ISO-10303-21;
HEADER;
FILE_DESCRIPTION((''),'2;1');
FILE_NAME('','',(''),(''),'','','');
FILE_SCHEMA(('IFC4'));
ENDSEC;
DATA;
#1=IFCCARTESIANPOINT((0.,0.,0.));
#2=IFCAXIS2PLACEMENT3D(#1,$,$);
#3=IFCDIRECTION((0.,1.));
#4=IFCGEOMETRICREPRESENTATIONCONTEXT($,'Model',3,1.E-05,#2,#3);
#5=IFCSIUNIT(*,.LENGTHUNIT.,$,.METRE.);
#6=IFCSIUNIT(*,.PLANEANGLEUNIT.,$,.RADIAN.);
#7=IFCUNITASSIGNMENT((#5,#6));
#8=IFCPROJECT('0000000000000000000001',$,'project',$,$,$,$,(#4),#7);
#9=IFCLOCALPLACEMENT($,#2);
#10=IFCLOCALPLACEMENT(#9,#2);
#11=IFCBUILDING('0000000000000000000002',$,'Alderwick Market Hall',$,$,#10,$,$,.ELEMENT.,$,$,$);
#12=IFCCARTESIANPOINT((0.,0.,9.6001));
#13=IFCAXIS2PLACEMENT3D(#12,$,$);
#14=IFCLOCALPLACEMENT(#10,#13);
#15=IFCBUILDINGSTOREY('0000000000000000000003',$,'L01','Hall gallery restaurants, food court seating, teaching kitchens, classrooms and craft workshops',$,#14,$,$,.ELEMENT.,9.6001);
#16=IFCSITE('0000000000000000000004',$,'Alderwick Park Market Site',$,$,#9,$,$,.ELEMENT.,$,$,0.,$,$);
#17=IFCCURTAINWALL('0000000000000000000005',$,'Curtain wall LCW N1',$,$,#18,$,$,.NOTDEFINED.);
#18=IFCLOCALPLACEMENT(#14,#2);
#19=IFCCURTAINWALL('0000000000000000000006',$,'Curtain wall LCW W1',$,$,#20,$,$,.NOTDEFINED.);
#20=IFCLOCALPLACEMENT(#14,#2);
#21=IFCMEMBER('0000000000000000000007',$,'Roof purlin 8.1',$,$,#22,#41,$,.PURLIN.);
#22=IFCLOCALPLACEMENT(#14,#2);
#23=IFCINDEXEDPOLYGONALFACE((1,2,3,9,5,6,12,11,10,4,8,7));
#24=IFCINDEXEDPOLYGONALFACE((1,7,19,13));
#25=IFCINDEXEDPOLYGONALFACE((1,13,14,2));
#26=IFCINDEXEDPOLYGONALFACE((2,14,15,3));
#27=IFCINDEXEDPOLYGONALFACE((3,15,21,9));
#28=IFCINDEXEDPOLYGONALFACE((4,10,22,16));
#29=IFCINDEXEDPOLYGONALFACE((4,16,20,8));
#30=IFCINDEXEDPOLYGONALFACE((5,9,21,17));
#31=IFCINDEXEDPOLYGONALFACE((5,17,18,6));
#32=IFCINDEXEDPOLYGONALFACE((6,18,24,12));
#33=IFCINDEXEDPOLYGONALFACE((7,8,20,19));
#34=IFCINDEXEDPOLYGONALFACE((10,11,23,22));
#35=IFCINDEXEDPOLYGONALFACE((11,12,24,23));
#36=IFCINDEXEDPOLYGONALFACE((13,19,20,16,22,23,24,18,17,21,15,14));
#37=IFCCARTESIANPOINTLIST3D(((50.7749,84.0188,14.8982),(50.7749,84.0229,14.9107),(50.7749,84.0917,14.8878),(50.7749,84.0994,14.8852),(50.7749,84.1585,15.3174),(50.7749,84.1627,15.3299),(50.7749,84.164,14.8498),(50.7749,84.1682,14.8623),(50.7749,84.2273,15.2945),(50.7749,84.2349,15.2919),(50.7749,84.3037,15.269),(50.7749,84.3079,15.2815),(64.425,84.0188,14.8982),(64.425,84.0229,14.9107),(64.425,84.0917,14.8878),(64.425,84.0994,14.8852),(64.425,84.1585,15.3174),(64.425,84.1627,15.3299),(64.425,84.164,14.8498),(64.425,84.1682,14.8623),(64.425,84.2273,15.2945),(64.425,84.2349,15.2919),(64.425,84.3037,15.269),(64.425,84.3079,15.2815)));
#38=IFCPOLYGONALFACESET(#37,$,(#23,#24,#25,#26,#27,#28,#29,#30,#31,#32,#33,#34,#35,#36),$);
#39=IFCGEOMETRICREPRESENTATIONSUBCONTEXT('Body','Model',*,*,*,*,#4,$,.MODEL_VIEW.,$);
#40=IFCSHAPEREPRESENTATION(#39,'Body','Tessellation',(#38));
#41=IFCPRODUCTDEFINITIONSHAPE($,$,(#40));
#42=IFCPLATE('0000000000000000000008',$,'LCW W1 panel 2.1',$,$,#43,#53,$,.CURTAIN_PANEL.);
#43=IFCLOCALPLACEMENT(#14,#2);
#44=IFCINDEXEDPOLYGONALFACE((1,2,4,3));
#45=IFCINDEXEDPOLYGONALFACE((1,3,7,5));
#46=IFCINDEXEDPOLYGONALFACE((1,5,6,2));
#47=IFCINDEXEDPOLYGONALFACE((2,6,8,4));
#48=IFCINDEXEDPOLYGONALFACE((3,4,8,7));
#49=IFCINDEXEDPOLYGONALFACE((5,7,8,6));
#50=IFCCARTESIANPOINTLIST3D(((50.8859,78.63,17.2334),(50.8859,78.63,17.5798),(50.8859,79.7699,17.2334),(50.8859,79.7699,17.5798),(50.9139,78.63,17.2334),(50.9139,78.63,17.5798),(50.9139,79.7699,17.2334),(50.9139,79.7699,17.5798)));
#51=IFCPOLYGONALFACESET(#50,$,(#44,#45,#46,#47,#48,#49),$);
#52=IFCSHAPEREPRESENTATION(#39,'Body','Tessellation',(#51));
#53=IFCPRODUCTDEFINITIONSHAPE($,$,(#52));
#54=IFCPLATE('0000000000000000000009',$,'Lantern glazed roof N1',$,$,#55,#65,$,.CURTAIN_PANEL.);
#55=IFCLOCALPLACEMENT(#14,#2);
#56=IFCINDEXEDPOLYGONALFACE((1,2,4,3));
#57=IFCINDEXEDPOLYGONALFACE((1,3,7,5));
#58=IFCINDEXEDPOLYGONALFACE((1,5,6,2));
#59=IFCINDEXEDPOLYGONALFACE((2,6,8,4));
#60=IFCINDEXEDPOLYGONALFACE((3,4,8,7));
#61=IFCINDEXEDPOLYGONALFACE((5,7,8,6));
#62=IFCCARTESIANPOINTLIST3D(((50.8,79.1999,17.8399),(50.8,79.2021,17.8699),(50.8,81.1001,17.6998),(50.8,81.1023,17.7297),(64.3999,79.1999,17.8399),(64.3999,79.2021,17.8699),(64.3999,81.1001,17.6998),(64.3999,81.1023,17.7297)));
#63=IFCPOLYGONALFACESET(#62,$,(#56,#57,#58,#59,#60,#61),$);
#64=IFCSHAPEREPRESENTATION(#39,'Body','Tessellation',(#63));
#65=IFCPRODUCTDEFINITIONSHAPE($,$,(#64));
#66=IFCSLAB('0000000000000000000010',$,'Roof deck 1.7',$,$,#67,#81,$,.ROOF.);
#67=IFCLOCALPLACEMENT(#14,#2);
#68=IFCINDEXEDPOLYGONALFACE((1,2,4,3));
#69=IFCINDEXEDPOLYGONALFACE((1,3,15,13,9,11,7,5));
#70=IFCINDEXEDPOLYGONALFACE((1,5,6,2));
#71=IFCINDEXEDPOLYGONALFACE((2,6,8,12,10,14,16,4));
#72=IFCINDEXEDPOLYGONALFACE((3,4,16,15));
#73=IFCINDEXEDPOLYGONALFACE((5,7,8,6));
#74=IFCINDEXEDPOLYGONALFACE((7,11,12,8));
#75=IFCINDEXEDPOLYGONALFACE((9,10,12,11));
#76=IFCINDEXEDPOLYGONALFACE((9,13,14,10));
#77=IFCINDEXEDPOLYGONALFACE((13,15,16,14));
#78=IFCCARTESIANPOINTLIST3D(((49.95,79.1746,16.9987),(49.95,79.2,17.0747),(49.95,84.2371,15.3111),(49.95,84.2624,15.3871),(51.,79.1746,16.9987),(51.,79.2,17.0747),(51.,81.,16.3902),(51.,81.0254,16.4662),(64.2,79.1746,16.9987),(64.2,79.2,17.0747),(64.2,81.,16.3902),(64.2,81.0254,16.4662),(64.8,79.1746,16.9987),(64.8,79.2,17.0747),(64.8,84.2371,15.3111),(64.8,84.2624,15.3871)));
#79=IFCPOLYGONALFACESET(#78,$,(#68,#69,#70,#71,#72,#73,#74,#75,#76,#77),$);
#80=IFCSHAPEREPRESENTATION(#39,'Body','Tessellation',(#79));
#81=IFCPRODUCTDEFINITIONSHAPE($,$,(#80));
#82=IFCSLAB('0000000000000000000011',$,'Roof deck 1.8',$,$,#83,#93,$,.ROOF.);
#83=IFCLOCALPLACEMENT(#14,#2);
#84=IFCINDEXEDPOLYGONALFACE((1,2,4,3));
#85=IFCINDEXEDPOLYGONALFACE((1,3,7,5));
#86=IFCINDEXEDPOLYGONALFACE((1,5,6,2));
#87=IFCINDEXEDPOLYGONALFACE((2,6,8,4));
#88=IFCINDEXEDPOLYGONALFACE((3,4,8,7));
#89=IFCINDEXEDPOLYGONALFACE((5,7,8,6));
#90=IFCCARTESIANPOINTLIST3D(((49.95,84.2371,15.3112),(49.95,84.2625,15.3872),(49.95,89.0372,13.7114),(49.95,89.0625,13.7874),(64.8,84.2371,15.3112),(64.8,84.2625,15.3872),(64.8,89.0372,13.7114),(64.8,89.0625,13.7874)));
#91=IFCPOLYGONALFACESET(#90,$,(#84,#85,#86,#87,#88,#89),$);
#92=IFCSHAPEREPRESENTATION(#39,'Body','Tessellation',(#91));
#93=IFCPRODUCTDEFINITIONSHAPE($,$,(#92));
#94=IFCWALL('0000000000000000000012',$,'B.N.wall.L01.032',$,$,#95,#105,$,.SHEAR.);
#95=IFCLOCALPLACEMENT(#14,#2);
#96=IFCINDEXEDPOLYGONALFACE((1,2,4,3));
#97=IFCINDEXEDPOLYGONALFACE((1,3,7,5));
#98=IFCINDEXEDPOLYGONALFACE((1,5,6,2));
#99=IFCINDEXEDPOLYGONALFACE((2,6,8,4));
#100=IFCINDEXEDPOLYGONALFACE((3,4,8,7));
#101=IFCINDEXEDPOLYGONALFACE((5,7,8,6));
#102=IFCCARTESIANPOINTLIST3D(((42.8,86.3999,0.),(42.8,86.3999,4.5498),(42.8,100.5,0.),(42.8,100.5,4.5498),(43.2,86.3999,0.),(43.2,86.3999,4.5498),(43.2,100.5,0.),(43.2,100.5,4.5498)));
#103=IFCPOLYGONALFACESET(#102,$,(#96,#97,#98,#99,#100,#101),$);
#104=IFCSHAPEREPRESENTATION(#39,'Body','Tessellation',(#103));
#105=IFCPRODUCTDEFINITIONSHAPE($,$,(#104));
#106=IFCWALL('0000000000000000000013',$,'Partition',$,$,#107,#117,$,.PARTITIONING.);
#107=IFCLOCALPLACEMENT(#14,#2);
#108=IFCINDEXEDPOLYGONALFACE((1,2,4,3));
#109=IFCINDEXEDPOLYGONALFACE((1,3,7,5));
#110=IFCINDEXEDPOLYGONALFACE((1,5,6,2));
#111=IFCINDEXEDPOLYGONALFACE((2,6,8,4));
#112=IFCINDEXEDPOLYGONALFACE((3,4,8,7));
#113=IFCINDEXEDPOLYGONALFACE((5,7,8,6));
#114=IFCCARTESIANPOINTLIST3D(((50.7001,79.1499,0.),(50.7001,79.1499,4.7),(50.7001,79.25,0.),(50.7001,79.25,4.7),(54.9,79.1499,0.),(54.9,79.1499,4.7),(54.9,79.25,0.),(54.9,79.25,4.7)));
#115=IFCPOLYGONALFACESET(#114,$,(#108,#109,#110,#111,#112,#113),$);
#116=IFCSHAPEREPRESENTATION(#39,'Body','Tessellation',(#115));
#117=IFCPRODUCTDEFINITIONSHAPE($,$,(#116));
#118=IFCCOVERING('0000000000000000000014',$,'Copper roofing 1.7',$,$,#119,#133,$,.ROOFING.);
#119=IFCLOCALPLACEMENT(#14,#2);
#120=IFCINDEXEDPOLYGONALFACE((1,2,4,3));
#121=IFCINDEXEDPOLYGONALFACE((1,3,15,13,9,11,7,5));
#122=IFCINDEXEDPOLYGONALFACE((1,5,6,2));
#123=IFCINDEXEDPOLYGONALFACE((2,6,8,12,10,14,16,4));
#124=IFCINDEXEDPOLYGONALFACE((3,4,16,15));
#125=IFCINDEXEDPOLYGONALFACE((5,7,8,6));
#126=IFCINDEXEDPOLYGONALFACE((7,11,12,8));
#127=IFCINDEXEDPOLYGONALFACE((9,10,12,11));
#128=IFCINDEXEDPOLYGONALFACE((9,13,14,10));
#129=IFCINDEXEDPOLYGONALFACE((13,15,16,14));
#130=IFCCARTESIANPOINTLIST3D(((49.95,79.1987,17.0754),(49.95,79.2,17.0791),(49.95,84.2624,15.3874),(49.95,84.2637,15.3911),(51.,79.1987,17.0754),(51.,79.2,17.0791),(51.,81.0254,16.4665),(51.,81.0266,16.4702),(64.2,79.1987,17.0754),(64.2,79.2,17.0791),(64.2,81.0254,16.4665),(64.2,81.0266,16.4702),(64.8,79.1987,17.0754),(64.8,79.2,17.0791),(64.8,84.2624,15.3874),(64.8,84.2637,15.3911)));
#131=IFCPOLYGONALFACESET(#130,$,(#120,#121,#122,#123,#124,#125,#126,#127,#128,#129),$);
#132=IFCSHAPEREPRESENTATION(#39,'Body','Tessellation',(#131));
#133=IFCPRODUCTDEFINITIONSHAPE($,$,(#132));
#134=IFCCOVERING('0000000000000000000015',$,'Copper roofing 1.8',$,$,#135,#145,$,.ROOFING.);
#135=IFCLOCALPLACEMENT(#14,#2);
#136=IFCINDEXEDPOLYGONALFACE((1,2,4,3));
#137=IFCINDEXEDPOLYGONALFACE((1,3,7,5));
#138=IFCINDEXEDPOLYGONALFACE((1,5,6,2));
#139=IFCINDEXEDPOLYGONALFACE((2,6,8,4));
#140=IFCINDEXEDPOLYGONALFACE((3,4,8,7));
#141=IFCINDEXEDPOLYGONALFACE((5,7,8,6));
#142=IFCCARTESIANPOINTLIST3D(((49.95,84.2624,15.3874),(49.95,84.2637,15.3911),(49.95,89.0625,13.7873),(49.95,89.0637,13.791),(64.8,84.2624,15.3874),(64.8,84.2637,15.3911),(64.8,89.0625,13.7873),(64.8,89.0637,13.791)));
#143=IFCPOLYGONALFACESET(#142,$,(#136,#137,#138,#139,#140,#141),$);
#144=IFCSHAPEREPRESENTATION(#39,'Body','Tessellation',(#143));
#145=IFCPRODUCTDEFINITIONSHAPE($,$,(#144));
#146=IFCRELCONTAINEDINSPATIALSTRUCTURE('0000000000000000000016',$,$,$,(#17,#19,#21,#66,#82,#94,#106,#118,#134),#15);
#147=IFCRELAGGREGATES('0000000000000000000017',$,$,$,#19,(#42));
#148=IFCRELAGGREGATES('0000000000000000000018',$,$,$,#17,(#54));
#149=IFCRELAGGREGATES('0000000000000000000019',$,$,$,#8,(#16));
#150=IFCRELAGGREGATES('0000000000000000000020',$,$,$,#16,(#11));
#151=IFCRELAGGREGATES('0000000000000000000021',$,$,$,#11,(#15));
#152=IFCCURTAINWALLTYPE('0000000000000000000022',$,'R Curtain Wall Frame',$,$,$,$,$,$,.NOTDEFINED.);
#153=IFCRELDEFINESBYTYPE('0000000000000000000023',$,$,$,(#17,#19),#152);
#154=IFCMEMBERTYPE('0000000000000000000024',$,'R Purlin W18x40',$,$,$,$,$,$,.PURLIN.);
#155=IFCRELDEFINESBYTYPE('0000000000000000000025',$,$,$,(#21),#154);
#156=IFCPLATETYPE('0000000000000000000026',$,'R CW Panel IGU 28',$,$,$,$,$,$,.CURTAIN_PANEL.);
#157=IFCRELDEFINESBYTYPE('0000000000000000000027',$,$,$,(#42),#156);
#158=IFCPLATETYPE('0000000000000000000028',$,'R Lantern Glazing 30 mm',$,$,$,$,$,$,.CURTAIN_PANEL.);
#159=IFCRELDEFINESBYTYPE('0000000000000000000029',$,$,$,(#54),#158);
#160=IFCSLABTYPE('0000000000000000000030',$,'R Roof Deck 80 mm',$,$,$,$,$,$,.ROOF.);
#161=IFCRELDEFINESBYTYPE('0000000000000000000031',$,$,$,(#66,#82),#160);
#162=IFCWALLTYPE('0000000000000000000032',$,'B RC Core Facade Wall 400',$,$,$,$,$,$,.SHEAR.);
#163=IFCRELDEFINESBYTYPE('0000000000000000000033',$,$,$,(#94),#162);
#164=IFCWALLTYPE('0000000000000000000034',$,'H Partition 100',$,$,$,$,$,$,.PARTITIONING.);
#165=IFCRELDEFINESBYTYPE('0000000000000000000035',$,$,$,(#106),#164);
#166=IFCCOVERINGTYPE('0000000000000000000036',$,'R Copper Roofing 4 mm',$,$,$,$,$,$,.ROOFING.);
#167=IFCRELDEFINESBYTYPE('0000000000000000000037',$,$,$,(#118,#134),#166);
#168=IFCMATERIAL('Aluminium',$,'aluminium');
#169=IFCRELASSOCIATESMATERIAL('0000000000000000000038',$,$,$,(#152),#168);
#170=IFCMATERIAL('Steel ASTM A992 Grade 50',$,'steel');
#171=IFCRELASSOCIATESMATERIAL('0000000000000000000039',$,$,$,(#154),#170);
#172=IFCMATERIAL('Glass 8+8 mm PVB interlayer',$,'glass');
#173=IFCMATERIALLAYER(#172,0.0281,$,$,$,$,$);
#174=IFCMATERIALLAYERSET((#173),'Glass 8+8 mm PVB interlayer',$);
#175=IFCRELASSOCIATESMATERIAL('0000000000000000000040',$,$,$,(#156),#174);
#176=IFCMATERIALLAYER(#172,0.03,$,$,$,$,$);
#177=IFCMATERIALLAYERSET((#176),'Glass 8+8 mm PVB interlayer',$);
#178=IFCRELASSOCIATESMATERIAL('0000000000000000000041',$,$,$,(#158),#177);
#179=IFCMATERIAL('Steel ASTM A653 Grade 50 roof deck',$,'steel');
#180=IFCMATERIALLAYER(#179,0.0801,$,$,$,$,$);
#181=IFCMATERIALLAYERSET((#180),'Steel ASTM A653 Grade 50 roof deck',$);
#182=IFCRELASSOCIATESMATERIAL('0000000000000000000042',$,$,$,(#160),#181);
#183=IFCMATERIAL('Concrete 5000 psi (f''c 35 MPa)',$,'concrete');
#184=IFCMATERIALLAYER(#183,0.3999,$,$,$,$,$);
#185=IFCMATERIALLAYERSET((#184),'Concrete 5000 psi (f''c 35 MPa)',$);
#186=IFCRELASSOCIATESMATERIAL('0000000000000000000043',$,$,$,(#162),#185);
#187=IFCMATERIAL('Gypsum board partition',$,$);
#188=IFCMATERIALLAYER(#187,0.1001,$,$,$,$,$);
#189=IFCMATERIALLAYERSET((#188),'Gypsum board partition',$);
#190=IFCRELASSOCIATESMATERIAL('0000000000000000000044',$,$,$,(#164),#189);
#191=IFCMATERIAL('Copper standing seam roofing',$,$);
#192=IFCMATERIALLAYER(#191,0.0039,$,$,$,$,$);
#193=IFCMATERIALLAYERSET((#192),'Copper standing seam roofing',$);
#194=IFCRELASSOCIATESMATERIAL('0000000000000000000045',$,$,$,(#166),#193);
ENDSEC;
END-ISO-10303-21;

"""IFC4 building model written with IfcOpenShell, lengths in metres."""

from ifc_helpers import new_model, si_unit, direction, frame, frame_2d, origin, origin_2d, place, context, subcontext, project, spatial, polyline, rectangle, i_section, outline, extrude, material, layer, layer_set, material_profile, profile_set, type_object, element, aggregate, save


model = new_model("IFC4")

# Units and contexts
model_context = context("Model", 3, precision=1e-05, world=origin(), true_north=direction((0.0, 1.0)))
body_context = subcontext(model_context, "Body", "Model", "MODEL_VIEW")
ifc_project = project(units=[si_unit("LENGTHUNIT", "METRE"), si_unit("PLANEANGLEUNIT", "RADIAN")], contexts=[model_context])

# Site, building, storey
site_placement = place(None, origin())
site = spatial("IfcSite", under=ifc_project, at=site_placement, Name="Alderwick Park Market Site", CompositionType="ELEMENT", RefElevation=0.0)
building_placement = place(site_placement, origin())
building = spatial("IfcBuilding", under=site, at=building_placement, Name="Alderwick Market Hall", CompositionType="ELEMENT")
storey_placement = place(building_placement, frame((0.0, 0.0, 9.6001)))
storey = spatial("IfcBuildingStorey", under=building, at=storey_placement, Name="L01", Description="Hall gallery restaurants, food court seating, teaching kitchens, classrooms and craft workshops", CompositionType="ELEMENT", Elevation=9.6001)

# Shared definitions
ifc_material_1 = material(Name="Concrete 5000 psi (f'c 35 MPa)", Category="concrete")

# Curtain walls
ifc_material_2 = material(Name="Aluminium", Category="aluminium")
curtain_wall_type = type_object("IfcCurtainWallType", Name="R Curtain Wall Frame", PredefinedType="NOTDEFINED", material=ifc_material_2)
curtain_wall_1_placement = place(storey_placement, origin())
curtain_wall_1 = element("IfcCurtainWall", 1, at=curtain_wall_1_placement, inside=storey, type_object=curtain_wall_type, Name="Curtain wall LCW N1", PredefinedType="NOTDEFINED")
curtain_wall_2_placement = place(storey_placement, origin())
curtain_wall_2 = element("IfcCurtainWall", 2, at=curtain_wall_2_placement, inside=storey, type_object=curtain_wall_type, Name="Curtain wall LCW W1", PredefinedType="NOTDEFINED")

# Member
ifc_material_3 = material(Name="Steel ASTM A992 Grade 50", Category="steel")
ifc_material_profile_1 = material_profile(ifc_material_3, i_section(OverallWidth=0.1531, OverallDepth=0.4551, WebThickness=0.0081, FlangeThickness=0.0132, at=origin_2d()), Name="W18x40")
ifc_profile_set_1 = profile_set([ifc_material_profile_1], Name="Steel ASTM A992 Grade 50")
member_type_1 = type_object("IfcMemberType", Name="R Purlin W18x40", PredefinedType="PURLIN", material=ifc_profile_set_1)
for number, where, z_axis, x_axis, name in (
    (3, (50.7749, 84.1633, 15.0898), (1.0, 0.0, 0.0), (0.0, 0.948683, -0.316228), "Roof purlin 8.1"),
):
    element("IfcMember", number, at=place(storey_placement, frame(where, z_axis=z_axis, x_axis=x_axis)), inside=storey, type_object=member_type_1, Name=name, PredefinedType="PURLIN", context=body_context, shape_type="SweptSolid", body=[
        extrude(i_section(OverallWidth=0.1531, OverallDepth=0.4551, WebThickness=0.0081, FlangeThickness=0.0132, at=origin_2d()), origin(), (0.0, 0.0, 1.0), 13.6501),
    ])

# Plates
ifc_material_4 = material(Name="Glass 8+8 mm PVB interlayer", Category="glass")
ifc_layer_1 = layer(ifc_material_4, 0.0281)
ifc_layer_set_1 = layer_set([ifc_layer_1], Name="Glass 8+8 mm PVB interlayer")
plate_type_1 = type_object("IfcPlateType", Name="R CW Panel IGU 28", PredefinedType="CURTAIN_PANEL", material=ifc_layer_set_1)
plate_1_placement = place(storey_placement, frame((50.8999, 79.2, 17.2334), z_axis=(0.0, 0.0, 1.0), x_axis=(1.0, 0.0, 0.0)))
plate_1 = element("IfcPlate", 4, at=plate_1_placement, type_object=plate_type_1, Name="LCW W1 panel 2.1", PredefinedType="CURTAIN_PANEL", context=body_context, shape_type="SweptSolid", body=[
    extrude(rectangle(XDim=0.0281, YDim=1.1399, at=origin_2d()), origin(), (0.0, 0.0, 1.0), 0.3464),
])
aggregate(curtain_wall_2, [plate_1])
ifc_layer_2 = layer(ifc_material_4, 0.03)
ifc_layer_set_2 = layer_set([ifc_layer_2], Name="Glass 8+8 mm PVB interlayer")
plate_type_2 = type_object("IfcPlateType", Name="R Lantern Glazing 30 mm", PredefinedType="CURTAIN_PANEL", material=ifc_layer_set_2)
plate_2_placement = place(storey_placement, frame((50.8, 81.1023, 17.7297), z_axis=(0.0, 0.073551, 0.997291), x_axis=(1.0, 0.0, 0.0)))
plate_2 = element("IfcPlate", 5, at=plate_2_placement, type_object=plate_type_2, Name="Lantern glazed roof N1", PredefinedType="CURTAIN_PANEL", context=body_context, shape_type="SweptSolid", body=[
    extrude(outline(polyline([(0.0, 0.0), (13.5999, 0.0), (13.5999, -1.9053), (0.0, -1.9053), (0.0, 0.0)])), origin(), (0.0, 0.0, -1.0), 0.03),
])
aggregate(curtain_wall_1, [plate_2])

# Slabs
ifc_material_5 = material(Name="Steel ASTM A653 Grade 50 roof deck", Category="steel")
ifc_layer_3 = layer(ifc_material_5, 0.0801)
ifc_layer_set_3 = layer_set([ifc_layer_3], Name="Steel ASTM A653 Grade 50 roof deck")
slab_type = type_object("IfcSlabType", Name="R Roof Deck 80 mm", PredefinedType="ROOF", material=ifc_layer_set_3)
slab_1_placement = place(storey_placement, frame((49.95, 79.2, 17.0747), z_axis=(0.0, 0.316246, 0.948677), x_axis=(1.0, 0.0, 0.0)))
element("IfcSlab", 6, at=slab_1_placement, inside=storey, type_object=slab_type, Name="Roof deck 1.7", PredefinedType="ROOF", context=body_context, shape_type="SweptSolid", body=[
    extrude(outline(polyline([(0.0, 0.0), (1.05, 0.0), (1.05, 1.9242), (14.25, 1.9242), (14.25, 0.0), (14.8501, 0.0), (14.8501, 5.3363), (0.0, 5.3363), (0.0, 0.0)])), origin(), (0.0, 0.0, -1.0), 0.0801),
])
slab_2_placement = place(storey_placement, frame((49.95, 84.2625, 15.3872), z_axis=(0.0, 0.316199, 0.948693), x_axis=(1.0, 0.0, 0.0)))
element("IfcSlab", 7, at=slab_2_placement, inside=storey, type_object=slab_type, Name="Roof deck 1.8", PredefinedType="ROOF", context=body_context, shape_type="SweptSolid", body=[
    extrude(outline(polyline([(0.0, 0.0), (14.8501, 0.0), (14.8501, 5.0596), (0.0, 5.0596), (0.0, 0.0)])), origin(), (0.0, 0.0, -1.0), 0.0801),
])

# Walls
ifc_layer_4 = layer(ifc_material_1, 0.3999)
ifc_layer_set_4 = layer_set([ifc_layer_4], Name="Concrete 5000 psi (f'c 35 MPa)")
wall_type_1 = type_object("IfcWallType", Name="B RC Core Facade Wall 400", PredefinedType="SHEAR", material=ifc_layer_set_4)
wall_1_placement = place(storey_placement, frame((43.0, 86.3999, 0.0), z_axis=(0.0, 0.0, 1.0), x_axis=(0.0, 1.0, 0.0)))
element("IfcWall", 8, at=wall_1_placement, inside=storey, type_object=wall_type_1, Name="B.N.wall.L01.032", PredefinedType="SHEAR", context=body_context, shape_type="SweptSolid", body=[
    extrude(rectangle(XDim=14.1001, YDim=0.3999, at=frame_2d((7.05, 0.0))), origin(), (0.0, 0.0, 1.0), 4.5498),
])
ifc_material_6 = material(Name="Gypsum board partition")
ifc_layer_5 = layer(ifc_material_6, 0.1001)
ifc_layer_set_5 = layer_set([ifc_layer_5], Name="Gypsum board partition")
wall_type_2 = type_object("IfcWallType", Name="H Partition 100", PredefinedType="PARTITIONING", material=ifc_layer_set_5)
wall_2_placement = place(storey_placement, frame((50.7, 79.2, 0.0), z_axis=(0.0, 0.0, 1.0), x_axis=(1.0, 0.0, 0.0)))
element("IfcWall", 9, at=wall_2_placement, inside=storey, type_object=wall_type_2, Name="Partition", PredefinedType="PARTITIONING", context=body_context, shape_type="SweptSolid", body=[
    extrude(rectangle(XDim=4.2, YDim=0.1001, at=frame_2d((2.1001, 0.0))), origin(), (0.0, 0.0, 1.0), 4.7),
])

# Coverings
ifc_material_7 = material(Name="Copper standing seam roofing")
ifc_layer_6 = layer(ifc_material_7, 0.0039)
ifc_layer_set_6 = layer_set([ifc_layer_6], Name="Copper standing seam roofing")
covering_type = type_object("IfcCoveringType", Name="R Copper Roofing 4 mm", PredefinedType="ROOFING", material=ifc_layer_set_6)
covering_1_placement = place(storey_placement, frame((49.95, 79.2, 17.0791), z_axis=(0.0, 0.316248, 0.948677), x_axis=(1.0, 0.0, 0.0)))
element("IfcCovering", 10, at=covering_1_placement, inside=storey, type_object=covering_type, Name="Copper roofing 1.7", PredefinedType="ROOFING", context=body_context, shape_type="SweptSolid", body=[
    extrude(outline(polyline([(0.0, 0.0), (1.05, 0.0), (1.05, 1.9255), (14.25, 1.9255), (14.25, 0.0), (14.8501, 0.0), (14.8501, 5.3377), (0.0, 5.3377), (0.0, 0.0)])), origin(), (0.0, 0.0, -1.0), 0.0039),
])
covering_2_placement = place(storey_placement, frame((49.95, 84.2637, 15.3911), z_axis=(0.0, 0.316242, 0.948678), x_axis=(1.0, 0.0, 0.0)))
element("IfcCovering", 11, at=covering_2_placement, inside=storey, type_object=covering_type, Name="Copper roofing 1.8", PredefinedType="ROOFING", context=body_context, shape_type="SweptSolid", body=[
    extrude(outline(polyline([(0.0, 0.0), (14.8501, 0.0), (14.8501, 5.0597), (0.0, 5.0597), (0.0, 0.0)])), origin(), (0.0, 0.0, -1.0), 0.0039),
])

save(model, "model.ifc")
